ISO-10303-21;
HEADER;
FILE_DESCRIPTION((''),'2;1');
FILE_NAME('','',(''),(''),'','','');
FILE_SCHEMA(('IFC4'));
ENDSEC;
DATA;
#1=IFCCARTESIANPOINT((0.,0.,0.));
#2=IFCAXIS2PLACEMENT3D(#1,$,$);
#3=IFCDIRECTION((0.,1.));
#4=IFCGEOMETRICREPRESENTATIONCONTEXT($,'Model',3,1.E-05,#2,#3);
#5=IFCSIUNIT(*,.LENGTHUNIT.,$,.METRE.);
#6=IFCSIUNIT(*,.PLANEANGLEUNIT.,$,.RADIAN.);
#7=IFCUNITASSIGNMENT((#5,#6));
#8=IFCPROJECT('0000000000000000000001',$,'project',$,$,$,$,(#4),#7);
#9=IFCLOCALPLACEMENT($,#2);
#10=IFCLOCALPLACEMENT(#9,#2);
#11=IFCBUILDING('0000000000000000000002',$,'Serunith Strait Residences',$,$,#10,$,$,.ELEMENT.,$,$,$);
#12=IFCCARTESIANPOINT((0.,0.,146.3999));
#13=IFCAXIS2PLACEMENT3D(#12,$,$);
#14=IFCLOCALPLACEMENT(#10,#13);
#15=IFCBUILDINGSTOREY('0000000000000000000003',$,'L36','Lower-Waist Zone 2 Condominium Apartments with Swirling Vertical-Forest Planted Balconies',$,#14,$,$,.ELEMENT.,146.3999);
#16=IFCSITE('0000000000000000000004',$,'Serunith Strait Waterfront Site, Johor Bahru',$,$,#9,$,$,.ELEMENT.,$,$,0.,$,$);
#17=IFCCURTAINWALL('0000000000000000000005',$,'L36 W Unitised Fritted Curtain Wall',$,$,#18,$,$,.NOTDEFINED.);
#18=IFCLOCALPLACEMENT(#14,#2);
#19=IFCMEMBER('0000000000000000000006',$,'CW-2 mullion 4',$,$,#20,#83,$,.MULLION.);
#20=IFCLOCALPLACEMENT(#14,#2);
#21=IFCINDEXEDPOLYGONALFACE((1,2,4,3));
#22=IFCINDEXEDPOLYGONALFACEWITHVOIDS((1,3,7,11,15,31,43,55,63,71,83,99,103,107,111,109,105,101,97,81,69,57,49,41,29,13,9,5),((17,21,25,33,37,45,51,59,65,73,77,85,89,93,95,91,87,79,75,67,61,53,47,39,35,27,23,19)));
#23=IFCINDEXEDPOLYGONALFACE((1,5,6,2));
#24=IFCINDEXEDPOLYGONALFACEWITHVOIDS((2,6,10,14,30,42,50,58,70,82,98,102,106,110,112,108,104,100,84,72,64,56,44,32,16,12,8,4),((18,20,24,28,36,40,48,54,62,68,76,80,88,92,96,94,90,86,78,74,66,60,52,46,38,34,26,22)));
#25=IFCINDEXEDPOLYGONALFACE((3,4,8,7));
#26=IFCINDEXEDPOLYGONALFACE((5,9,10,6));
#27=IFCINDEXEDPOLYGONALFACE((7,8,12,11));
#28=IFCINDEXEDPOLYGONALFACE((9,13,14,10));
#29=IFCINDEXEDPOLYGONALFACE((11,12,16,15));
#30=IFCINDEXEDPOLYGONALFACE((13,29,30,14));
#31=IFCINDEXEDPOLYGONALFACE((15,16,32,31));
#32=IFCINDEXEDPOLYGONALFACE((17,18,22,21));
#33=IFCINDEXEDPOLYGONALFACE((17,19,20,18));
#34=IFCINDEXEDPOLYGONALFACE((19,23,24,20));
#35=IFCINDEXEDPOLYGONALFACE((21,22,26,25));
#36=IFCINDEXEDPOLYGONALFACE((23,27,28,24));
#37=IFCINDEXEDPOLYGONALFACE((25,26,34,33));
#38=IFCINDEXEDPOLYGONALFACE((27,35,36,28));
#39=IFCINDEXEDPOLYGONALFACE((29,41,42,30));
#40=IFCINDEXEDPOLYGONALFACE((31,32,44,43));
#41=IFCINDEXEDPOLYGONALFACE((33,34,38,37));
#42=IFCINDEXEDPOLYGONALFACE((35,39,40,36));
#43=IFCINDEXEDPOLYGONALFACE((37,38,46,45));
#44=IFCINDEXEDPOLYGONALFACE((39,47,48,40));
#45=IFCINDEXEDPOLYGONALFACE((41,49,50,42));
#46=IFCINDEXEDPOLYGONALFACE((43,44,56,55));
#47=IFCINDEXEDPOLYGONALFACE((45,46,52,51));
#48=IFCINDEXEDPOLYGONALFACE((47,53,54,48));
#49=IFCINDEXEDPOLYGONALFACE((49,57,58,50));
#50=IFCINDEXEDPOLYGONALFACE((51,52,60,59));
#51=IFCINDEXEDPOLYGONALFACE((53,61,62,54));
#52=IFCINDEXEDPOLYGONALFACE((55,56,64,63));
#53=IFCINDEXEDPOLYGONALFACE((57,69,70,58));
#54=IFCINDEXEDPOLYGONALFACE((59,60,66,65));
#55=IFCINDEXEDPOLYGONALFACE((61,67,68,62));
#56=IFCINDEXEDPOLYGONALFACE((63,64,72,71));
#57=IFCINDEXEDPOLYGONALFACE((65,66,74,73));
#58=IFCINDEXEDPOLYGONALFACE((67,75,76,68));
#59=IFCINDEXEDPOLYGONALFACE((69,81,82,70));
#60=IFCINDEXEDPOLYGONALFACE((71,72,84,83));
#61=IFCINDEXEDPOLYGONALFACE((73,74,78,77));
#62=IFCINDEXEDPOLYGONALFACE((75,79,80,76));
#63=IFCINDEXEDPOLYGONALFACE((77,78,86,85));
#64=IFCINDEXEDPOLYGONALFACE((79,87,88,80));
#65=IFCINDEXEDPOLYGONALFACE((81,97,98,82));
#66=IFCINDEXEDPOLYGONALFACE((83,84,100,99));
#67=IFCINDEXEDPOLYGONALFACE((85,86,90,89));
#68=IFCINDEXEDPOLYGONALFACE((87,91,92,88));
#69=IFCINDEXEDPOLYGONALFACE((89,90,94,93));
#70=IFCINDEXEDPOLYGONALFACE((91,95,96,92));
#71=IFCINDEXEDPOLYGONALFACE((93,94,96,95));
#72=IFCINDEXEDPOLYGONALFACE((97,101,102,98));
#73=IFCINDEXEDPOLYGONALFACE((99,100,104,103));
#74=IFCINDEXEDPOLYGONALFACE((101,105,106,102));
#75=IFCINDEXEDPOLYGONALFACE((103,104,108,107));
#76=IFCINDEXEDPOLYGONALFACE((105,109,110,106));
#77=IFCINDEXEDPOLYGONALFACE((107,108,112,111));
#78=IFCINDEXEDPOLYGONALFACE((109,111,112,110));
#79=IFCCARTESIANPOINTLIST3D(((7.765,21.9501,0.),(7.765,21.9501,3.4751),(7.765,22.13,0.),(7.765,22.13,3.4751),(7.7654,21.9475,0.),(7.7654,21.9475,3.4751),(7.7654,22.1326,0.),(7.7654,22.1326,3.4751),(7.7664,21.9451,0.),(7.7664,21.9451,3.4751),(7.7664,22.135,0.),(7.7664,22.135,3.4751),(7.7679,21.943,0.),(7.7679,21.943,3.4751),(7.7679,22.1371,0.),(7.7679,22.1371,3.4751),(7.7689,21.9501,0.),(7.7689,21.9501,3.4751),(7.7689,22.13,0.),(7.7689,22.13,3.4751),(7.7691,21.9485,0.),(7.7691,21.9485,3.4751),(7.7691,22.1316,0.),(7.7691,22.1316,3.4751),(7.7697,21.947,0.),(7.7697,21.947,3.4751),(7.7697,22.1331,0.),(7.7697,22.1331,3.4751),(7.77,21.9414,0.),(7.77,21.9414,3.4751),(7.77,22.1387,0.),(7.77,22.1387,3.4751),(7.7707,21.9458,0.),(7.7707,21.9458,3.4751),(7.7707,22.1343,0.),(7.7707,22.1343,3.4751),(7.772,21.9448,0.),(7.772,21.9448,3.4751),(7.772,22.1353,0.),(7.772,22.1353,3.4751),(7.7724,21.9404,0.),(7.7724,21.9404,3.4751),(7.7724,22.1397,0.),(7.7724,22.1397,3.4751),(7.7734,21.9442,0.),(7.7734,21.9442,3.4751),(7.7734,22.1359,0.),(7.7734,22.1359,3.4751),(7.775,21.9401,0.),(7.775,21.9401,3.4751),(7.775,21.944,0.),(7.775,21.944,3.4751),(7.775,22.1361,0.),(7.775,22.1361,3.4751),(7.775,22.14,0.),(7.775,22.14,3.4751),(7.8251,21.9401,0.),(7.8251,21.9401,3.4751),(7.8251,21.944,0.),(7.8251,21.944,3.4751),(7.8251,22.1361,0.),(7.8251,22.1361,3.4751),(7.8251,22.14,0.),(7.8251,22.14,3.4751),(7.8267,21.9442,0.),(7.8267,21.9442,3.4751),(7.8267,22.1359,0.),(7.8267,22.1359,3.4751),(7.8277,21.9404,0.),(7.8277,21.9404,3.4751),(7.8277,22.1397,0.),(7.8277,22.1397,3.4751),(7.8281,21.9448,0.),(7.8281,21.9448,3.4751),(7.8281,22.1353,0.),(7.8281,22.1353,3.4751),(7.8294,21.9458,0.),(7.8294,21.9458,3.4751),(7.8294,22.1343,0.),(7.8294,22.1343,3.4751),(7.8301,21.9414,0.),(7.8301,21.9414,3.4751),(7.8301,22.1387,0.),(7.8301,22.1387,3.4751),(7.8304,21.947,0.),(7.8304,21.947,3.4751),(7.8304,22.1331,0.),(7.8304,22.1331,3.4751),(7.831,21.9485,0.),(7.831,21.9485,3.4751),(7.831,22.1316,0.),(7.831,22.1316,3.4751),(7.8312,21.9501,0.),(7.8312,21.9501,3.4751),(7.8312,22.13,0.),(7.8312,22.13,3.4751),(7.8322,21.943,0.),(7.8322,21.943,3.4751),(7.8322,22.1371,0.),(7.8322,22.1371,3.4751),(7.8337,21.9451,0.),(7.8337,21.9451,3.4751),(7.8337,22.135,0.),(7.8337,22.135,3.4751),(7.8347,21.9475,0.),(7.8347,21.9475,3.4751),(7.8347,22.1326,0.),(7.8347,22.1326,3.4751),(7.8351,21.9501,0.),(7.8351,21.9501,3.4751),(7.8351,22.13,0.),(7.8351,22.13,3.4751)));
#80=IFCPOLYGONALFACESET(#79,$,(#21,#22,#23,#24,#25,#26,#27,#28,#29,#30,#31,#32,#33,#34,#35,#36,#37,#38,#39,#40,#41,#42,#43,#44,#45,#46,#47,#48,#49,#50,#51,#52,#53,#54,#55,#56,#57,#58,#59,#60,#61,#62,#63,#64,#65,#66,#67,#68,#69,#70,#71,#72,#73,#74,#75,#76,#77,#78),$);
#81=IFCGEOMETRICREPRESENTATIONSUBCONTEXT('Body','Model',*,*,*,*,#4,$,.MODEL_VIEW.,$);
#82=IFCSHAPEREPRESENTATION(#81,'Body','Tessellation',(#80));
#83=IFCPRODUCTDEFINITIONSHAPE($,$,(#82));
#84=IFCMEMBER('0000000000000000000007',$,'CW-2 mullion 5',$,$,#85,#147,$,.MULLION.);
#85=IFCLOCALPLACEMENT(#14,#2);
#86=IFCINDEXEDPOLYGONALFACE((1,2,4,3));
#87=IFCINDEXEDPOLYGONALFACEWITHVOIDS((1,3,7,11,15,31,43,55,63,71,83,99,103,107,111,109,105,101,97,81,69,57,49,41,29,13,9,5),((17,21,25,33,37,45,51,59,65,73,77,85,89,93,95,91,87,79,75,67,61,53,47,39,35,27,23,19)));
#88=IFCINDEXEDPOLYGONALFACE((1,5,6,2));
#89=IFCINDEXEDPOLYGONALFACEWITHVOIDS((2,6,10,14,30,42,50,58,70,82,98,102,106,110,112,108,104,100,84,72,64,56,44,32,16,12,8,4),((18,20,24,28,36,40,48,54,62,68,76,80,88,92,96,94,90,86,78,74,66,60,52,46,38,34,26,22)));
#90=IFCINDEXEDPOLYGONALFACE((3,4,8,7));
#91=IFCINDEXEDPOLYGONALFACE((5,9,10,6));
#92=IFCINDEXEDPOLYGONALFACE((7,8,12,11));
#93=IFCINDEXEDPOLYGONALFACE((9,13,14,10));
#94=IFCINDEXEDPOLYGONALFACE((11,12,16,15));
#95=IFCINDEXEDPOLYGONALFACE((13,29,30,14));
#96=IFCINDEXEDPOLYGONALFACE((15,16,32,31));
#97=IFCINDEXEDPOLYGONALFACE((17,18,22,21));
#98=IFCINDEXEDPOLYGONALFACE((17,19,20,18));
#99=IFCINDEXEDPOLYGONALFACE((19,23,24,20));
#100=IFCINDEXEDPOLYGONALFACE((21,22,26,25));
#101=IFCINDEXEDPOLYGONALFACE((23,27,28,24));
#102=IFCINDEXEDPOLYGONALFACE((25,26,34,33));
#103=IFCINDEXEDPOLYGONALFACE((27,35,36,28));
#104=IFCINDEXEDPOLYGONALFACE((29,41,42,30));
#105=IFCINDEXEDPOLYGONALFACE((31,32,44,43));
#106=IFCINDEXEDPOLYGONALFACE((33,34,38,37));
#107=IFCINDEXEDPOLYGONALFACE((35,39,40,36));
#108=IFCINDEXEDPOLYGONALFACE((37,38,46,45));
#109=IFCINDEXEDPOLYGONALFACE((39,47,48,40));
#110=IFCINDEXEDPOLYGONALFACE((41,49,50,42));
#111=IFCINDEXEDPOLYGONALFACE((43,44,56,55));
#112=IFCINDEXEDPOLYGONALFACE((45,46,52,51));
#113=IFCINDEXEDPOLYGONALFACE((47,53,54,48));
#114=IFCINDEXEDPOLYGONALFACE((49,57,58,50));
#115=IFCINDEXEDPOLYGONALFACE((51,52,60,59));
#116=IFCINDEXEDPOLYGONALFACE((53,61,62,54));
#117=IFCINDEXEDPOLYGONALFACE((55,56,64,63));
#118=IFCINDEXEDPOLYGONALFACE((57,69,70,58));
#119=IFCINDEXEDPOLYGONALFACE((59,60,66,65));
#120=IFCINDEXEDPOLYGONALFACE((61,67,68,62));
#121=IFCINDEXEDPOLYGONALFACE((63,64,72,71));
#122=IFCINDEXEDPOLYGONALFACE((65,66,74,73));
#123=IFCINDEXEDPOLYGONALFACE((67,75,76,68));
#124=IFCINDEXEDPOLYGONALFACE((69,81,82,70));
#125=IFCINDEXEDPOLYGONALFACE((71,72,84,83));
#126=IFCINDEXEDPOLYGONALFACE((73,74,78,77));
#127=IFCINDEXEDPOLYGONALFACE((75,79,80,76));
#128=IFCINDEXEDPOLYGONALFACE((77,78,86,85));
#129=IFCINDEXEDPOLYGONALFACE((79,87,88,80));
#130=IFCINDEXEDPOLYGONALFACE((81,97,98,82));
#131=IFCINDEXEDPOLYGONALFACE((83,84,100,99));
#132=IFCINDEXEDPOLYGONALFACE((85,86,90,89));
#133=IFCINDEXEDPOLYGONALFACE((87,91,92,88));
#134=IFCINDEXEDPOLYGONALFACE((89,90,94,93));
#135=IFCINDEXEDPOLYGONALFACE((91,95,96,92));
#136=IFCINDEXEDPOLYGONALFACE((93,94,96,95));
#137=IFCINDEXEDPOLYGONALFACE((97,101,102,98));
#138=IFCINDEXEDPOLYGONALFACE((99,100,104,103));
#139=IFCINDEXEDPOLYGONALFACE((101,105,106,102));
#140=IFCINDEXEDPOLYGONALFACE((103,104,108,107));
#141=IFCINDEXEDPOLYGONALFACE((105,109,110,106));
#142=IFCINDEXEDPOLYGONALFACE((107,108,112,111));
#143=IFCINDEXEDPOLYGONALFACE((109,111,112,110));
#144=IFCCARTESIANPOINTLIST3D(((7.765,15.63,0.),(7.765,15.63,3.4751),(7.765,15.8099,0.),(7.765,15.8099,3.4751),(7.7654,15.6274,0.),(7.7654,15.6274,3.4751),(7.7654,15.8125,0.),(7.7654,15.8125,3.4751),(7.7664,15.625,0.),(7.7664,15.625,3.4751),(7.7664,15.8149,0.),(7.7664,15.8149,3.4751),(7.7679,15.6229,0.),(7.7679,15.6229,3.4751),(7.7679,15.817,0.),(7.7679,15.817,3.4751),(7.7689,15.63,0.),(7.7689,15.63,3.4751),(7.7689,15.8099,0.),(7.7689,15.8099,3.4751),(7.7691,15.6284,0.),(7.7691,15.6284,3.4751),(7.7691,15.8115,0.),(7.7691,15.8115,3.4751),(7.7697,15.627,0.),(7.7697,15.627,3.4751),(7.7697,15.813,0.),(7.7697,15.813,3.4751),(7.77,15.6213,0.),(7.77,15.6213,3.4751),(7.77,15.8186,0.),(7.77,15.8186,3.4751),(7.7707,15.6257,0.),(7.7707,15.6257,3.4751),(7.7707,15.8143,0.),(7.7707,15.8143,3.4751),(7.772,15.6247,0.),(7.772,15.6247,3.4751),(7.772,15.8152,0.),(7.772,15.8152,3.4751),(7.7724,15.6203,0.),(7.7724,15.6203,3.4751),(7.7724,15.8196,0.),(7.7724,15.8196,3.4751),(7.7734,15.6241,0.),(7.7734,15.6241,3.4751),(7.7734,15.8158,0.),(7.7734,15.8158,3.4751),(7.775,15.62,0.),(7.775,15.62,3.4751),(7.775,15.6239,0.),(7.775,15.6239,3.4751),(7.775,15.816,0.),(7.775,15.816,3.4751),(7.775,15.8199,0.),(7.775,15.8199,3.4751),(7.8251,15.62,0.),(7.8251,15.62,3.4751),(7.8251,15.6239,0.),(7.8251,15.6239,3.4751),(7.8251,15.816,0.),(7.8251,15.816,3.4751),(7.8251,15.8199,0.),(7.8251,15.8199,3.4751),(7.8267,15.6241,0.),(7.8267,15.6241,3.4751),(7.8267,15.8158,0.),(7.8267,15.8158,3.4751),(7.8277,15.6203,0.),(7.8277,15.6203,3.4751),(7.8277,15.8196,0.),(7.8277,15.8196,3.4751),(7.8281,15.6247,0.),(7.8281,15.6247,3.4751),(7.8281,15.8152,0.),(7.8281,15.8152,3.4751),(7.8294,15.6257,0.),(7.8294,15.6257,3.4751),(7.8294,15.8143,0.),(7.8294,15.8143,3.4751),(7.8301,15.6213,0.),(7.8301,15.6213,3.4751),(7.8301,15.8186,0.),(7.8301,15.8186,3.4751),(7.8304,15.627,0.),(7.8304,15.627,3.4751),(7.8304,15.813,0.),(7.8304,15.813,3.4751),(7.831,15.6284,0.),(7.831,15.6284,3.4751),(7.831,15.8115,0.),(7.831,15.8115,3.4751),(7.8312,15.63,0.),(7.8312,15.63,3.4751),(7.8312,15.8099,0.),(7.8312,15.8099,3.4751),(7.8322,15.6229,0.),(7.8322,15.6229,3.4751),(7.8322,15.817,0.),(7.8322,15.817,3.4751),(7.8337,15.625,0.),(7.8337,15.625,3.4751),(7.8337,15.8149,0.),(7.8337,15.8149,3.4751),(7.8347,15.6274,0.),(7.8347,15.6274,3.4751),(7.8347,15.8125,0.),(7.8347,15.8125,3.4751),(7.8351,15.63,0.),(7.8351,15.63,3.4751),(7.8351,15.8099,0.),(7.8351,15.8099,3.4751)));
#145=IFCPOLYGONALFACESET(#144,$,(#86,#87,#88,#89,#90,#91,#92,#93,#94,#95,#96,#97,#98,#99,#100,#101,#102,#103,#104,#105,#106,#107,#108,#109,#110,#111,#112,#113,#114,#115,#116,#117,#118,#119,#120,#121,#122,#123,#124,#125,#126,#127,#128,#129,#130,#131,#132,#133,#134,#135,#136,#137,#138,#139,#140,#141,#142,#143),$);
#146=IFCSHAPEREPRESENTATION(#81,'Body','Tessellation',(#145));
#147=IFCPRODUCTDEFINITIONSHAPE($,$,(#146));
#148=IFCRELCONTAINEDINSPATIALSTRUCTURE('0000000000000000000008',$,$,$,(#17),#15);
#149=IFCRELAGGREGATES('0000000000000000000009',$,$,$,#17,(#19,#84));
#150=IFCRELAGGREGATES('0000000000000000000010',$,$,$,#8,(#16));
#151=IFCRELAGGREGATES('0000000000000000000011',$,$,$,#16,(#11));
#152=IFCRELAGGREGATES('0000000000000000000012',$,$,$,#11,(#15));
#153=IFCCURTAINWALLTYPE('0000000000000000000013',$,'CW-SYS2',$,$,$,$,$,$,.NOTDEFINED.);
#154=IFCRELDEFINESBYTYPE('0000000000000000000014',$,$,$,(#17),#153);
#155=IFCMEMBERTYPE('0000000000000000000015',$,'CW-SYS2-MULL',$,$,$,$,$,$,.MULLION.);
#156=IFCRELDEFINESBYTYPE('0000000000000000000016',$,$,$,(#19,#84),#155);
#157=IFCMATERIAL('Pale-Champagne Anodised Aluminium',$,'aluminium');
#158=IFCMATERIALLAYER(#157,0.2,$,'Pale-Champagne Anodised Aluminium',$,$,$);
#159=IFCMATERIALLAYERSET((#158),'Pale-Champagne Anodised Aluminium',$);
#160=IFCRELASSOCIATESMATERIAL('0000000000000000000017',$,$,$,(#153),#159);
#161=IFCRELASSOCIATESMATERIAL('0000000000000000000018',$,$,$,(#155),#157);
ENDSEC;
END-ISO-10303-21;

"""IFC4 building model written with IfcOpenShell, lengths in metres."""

from ifc_helpers import new_model, si_unit, direction, frame, origin, origin_2d, place, context, subcontext, project, spatial, hollow_rectangle, extrude, source, transform, mapped, material, layer, layer_set, material_profile, profile_set, type_object, element, aggregate, save


model = new_model("IFC4")

# Units and contexts
model_context = context("Model", 3, precision=1e-05, world=origin(), true_north=direction((0.0, 1.0)))
body_context = subcontext(model_context, "Body", "Model", "MODEL_VIEW")
ifc_project = project(units=[si_unit("LENGTHUNIT", "METRE"), si_unit("PLANEANGLEUNIT", "RADIAN")], contexts=[model_context])

# Site, building, storey
site_placement = place(None, origin())
site = spatial("IfcSite", under=ifc_project, at=site_placement, Name="Serunith Strait Waterfront Site, Johor Bahru", CompositionType="ELEMENT", RefElevation=0.0)
building_placement = place(site_placement, origin())
building = spatial("IfcBuilding", under=site, at=building_placement, Name="Serunith Strait Residences", CompositionType="ELEMENT")
storey_placement = place(building_placement, frame((0.0, 0.0, 146.3999)))
storey = spatial("IfcBuildingStorey", under=building, at=storey_placement, Name="L36", Description="Lower-Waist Zone 2 Condominium Apartments with Swirling Vertical-Forest Planted Balconies", CompositionType="ELEMENT", Elevation=146.3999)

# Curtain wall, members
ifc_material_1 = material(Name="Pale-Champagne Anodised Aluminium", Category="aluminium")
ifc_layer_1 = layer(ifc_material_1, 0.2, Name="Pale-Champagne Anodised Aluminium")
ifc_layer_set_1 = layer_set([ifc_layer_1], Name="Pale-Champagne Anodised Aluminium")
curtain_wall_type = type_object("IfcCurtainWallType", Name="CW-SYS2", PredefinedType="NOTDEFINED", material=ifc_layer_set_1)
curtain_wall_placement = place(storey_placement, origin())
curtain_wall = element("IfcCurtainWall", 1, at=curtain_wall_placement, inside=storey, type_object=curtain_wall_type, Name="L36 W Unitised Fritted Curtain Wall", PredefinedType="NOTDEFINED")
ifc_material_profile_1 = material_profile(ifc_material_1, hollow_rectangle(XDim=0.0701, YDim=0.2, WallThickness=0.0039, InnerFilletRadius=0.0061, OuterFilletRadius=0.01, at=origin_2d()), Name="ALU 200x70x4")
ifc_profile_set_1 = profile_set([ifc_material_profile_1], Name="Pale-Champagne Anodised Aluminium")
member_type_1 = type_object("IfcMemberType", Name="CW-SYS2-MULL", PredefinedType="MULLION", material=ifc_profile_set_1)
shared_shape_1 = source(origin(), body_context, "Body", "SweptSolid", [
    extrude(hollow_rectangle(XDim=0.0701, YDim=0.2, WallThickness=0.0039, InnerFilletRadius=0.0061, OuterFilletRadius=0.01, at=origin_2d()), origin(), (0.0, 0.0, 1.0), 3.4751),
])
member_1_placement = place(storey_placement, frame((7.8, 22.04, 0.0), z_axis=(0.0, 0.0, 1.0), x_axis=(1.0, 0.0, 0.0)))
member_1 = element("IfcMember", 2, at=member_1_placement, type_object=member_type_1, Name="CW-2 mullion 4", PredefinedType="MULLION", context=body_context, shape_type="MappedRepresentation", body=[
    mapped(shared_shape_1, transform((0.0, 0.0, 0.0), scale=1.0)),
])
member_2_placement = place(storey_placement, frame((7.8, 15.72, 0.0), z_axis=(0.0, 0.0, 1.0), x_axis=(1.0, 0.0, 0.0)))
member_2 = element("IfcMember", 3, at=member_2_placement, type_object=member_type_1, Name="CW-2 mullion 5", PredefinedType="MULLION", context=body_context, shape_type="MappedRepresentation", body=[
    mapped(shared_shape_1, transform((0.0, 0.0, 0.0), scale=1.0)),
])
aggregate(curtain_wall, [member_1, member_2])

save(model, "model.ifc")
